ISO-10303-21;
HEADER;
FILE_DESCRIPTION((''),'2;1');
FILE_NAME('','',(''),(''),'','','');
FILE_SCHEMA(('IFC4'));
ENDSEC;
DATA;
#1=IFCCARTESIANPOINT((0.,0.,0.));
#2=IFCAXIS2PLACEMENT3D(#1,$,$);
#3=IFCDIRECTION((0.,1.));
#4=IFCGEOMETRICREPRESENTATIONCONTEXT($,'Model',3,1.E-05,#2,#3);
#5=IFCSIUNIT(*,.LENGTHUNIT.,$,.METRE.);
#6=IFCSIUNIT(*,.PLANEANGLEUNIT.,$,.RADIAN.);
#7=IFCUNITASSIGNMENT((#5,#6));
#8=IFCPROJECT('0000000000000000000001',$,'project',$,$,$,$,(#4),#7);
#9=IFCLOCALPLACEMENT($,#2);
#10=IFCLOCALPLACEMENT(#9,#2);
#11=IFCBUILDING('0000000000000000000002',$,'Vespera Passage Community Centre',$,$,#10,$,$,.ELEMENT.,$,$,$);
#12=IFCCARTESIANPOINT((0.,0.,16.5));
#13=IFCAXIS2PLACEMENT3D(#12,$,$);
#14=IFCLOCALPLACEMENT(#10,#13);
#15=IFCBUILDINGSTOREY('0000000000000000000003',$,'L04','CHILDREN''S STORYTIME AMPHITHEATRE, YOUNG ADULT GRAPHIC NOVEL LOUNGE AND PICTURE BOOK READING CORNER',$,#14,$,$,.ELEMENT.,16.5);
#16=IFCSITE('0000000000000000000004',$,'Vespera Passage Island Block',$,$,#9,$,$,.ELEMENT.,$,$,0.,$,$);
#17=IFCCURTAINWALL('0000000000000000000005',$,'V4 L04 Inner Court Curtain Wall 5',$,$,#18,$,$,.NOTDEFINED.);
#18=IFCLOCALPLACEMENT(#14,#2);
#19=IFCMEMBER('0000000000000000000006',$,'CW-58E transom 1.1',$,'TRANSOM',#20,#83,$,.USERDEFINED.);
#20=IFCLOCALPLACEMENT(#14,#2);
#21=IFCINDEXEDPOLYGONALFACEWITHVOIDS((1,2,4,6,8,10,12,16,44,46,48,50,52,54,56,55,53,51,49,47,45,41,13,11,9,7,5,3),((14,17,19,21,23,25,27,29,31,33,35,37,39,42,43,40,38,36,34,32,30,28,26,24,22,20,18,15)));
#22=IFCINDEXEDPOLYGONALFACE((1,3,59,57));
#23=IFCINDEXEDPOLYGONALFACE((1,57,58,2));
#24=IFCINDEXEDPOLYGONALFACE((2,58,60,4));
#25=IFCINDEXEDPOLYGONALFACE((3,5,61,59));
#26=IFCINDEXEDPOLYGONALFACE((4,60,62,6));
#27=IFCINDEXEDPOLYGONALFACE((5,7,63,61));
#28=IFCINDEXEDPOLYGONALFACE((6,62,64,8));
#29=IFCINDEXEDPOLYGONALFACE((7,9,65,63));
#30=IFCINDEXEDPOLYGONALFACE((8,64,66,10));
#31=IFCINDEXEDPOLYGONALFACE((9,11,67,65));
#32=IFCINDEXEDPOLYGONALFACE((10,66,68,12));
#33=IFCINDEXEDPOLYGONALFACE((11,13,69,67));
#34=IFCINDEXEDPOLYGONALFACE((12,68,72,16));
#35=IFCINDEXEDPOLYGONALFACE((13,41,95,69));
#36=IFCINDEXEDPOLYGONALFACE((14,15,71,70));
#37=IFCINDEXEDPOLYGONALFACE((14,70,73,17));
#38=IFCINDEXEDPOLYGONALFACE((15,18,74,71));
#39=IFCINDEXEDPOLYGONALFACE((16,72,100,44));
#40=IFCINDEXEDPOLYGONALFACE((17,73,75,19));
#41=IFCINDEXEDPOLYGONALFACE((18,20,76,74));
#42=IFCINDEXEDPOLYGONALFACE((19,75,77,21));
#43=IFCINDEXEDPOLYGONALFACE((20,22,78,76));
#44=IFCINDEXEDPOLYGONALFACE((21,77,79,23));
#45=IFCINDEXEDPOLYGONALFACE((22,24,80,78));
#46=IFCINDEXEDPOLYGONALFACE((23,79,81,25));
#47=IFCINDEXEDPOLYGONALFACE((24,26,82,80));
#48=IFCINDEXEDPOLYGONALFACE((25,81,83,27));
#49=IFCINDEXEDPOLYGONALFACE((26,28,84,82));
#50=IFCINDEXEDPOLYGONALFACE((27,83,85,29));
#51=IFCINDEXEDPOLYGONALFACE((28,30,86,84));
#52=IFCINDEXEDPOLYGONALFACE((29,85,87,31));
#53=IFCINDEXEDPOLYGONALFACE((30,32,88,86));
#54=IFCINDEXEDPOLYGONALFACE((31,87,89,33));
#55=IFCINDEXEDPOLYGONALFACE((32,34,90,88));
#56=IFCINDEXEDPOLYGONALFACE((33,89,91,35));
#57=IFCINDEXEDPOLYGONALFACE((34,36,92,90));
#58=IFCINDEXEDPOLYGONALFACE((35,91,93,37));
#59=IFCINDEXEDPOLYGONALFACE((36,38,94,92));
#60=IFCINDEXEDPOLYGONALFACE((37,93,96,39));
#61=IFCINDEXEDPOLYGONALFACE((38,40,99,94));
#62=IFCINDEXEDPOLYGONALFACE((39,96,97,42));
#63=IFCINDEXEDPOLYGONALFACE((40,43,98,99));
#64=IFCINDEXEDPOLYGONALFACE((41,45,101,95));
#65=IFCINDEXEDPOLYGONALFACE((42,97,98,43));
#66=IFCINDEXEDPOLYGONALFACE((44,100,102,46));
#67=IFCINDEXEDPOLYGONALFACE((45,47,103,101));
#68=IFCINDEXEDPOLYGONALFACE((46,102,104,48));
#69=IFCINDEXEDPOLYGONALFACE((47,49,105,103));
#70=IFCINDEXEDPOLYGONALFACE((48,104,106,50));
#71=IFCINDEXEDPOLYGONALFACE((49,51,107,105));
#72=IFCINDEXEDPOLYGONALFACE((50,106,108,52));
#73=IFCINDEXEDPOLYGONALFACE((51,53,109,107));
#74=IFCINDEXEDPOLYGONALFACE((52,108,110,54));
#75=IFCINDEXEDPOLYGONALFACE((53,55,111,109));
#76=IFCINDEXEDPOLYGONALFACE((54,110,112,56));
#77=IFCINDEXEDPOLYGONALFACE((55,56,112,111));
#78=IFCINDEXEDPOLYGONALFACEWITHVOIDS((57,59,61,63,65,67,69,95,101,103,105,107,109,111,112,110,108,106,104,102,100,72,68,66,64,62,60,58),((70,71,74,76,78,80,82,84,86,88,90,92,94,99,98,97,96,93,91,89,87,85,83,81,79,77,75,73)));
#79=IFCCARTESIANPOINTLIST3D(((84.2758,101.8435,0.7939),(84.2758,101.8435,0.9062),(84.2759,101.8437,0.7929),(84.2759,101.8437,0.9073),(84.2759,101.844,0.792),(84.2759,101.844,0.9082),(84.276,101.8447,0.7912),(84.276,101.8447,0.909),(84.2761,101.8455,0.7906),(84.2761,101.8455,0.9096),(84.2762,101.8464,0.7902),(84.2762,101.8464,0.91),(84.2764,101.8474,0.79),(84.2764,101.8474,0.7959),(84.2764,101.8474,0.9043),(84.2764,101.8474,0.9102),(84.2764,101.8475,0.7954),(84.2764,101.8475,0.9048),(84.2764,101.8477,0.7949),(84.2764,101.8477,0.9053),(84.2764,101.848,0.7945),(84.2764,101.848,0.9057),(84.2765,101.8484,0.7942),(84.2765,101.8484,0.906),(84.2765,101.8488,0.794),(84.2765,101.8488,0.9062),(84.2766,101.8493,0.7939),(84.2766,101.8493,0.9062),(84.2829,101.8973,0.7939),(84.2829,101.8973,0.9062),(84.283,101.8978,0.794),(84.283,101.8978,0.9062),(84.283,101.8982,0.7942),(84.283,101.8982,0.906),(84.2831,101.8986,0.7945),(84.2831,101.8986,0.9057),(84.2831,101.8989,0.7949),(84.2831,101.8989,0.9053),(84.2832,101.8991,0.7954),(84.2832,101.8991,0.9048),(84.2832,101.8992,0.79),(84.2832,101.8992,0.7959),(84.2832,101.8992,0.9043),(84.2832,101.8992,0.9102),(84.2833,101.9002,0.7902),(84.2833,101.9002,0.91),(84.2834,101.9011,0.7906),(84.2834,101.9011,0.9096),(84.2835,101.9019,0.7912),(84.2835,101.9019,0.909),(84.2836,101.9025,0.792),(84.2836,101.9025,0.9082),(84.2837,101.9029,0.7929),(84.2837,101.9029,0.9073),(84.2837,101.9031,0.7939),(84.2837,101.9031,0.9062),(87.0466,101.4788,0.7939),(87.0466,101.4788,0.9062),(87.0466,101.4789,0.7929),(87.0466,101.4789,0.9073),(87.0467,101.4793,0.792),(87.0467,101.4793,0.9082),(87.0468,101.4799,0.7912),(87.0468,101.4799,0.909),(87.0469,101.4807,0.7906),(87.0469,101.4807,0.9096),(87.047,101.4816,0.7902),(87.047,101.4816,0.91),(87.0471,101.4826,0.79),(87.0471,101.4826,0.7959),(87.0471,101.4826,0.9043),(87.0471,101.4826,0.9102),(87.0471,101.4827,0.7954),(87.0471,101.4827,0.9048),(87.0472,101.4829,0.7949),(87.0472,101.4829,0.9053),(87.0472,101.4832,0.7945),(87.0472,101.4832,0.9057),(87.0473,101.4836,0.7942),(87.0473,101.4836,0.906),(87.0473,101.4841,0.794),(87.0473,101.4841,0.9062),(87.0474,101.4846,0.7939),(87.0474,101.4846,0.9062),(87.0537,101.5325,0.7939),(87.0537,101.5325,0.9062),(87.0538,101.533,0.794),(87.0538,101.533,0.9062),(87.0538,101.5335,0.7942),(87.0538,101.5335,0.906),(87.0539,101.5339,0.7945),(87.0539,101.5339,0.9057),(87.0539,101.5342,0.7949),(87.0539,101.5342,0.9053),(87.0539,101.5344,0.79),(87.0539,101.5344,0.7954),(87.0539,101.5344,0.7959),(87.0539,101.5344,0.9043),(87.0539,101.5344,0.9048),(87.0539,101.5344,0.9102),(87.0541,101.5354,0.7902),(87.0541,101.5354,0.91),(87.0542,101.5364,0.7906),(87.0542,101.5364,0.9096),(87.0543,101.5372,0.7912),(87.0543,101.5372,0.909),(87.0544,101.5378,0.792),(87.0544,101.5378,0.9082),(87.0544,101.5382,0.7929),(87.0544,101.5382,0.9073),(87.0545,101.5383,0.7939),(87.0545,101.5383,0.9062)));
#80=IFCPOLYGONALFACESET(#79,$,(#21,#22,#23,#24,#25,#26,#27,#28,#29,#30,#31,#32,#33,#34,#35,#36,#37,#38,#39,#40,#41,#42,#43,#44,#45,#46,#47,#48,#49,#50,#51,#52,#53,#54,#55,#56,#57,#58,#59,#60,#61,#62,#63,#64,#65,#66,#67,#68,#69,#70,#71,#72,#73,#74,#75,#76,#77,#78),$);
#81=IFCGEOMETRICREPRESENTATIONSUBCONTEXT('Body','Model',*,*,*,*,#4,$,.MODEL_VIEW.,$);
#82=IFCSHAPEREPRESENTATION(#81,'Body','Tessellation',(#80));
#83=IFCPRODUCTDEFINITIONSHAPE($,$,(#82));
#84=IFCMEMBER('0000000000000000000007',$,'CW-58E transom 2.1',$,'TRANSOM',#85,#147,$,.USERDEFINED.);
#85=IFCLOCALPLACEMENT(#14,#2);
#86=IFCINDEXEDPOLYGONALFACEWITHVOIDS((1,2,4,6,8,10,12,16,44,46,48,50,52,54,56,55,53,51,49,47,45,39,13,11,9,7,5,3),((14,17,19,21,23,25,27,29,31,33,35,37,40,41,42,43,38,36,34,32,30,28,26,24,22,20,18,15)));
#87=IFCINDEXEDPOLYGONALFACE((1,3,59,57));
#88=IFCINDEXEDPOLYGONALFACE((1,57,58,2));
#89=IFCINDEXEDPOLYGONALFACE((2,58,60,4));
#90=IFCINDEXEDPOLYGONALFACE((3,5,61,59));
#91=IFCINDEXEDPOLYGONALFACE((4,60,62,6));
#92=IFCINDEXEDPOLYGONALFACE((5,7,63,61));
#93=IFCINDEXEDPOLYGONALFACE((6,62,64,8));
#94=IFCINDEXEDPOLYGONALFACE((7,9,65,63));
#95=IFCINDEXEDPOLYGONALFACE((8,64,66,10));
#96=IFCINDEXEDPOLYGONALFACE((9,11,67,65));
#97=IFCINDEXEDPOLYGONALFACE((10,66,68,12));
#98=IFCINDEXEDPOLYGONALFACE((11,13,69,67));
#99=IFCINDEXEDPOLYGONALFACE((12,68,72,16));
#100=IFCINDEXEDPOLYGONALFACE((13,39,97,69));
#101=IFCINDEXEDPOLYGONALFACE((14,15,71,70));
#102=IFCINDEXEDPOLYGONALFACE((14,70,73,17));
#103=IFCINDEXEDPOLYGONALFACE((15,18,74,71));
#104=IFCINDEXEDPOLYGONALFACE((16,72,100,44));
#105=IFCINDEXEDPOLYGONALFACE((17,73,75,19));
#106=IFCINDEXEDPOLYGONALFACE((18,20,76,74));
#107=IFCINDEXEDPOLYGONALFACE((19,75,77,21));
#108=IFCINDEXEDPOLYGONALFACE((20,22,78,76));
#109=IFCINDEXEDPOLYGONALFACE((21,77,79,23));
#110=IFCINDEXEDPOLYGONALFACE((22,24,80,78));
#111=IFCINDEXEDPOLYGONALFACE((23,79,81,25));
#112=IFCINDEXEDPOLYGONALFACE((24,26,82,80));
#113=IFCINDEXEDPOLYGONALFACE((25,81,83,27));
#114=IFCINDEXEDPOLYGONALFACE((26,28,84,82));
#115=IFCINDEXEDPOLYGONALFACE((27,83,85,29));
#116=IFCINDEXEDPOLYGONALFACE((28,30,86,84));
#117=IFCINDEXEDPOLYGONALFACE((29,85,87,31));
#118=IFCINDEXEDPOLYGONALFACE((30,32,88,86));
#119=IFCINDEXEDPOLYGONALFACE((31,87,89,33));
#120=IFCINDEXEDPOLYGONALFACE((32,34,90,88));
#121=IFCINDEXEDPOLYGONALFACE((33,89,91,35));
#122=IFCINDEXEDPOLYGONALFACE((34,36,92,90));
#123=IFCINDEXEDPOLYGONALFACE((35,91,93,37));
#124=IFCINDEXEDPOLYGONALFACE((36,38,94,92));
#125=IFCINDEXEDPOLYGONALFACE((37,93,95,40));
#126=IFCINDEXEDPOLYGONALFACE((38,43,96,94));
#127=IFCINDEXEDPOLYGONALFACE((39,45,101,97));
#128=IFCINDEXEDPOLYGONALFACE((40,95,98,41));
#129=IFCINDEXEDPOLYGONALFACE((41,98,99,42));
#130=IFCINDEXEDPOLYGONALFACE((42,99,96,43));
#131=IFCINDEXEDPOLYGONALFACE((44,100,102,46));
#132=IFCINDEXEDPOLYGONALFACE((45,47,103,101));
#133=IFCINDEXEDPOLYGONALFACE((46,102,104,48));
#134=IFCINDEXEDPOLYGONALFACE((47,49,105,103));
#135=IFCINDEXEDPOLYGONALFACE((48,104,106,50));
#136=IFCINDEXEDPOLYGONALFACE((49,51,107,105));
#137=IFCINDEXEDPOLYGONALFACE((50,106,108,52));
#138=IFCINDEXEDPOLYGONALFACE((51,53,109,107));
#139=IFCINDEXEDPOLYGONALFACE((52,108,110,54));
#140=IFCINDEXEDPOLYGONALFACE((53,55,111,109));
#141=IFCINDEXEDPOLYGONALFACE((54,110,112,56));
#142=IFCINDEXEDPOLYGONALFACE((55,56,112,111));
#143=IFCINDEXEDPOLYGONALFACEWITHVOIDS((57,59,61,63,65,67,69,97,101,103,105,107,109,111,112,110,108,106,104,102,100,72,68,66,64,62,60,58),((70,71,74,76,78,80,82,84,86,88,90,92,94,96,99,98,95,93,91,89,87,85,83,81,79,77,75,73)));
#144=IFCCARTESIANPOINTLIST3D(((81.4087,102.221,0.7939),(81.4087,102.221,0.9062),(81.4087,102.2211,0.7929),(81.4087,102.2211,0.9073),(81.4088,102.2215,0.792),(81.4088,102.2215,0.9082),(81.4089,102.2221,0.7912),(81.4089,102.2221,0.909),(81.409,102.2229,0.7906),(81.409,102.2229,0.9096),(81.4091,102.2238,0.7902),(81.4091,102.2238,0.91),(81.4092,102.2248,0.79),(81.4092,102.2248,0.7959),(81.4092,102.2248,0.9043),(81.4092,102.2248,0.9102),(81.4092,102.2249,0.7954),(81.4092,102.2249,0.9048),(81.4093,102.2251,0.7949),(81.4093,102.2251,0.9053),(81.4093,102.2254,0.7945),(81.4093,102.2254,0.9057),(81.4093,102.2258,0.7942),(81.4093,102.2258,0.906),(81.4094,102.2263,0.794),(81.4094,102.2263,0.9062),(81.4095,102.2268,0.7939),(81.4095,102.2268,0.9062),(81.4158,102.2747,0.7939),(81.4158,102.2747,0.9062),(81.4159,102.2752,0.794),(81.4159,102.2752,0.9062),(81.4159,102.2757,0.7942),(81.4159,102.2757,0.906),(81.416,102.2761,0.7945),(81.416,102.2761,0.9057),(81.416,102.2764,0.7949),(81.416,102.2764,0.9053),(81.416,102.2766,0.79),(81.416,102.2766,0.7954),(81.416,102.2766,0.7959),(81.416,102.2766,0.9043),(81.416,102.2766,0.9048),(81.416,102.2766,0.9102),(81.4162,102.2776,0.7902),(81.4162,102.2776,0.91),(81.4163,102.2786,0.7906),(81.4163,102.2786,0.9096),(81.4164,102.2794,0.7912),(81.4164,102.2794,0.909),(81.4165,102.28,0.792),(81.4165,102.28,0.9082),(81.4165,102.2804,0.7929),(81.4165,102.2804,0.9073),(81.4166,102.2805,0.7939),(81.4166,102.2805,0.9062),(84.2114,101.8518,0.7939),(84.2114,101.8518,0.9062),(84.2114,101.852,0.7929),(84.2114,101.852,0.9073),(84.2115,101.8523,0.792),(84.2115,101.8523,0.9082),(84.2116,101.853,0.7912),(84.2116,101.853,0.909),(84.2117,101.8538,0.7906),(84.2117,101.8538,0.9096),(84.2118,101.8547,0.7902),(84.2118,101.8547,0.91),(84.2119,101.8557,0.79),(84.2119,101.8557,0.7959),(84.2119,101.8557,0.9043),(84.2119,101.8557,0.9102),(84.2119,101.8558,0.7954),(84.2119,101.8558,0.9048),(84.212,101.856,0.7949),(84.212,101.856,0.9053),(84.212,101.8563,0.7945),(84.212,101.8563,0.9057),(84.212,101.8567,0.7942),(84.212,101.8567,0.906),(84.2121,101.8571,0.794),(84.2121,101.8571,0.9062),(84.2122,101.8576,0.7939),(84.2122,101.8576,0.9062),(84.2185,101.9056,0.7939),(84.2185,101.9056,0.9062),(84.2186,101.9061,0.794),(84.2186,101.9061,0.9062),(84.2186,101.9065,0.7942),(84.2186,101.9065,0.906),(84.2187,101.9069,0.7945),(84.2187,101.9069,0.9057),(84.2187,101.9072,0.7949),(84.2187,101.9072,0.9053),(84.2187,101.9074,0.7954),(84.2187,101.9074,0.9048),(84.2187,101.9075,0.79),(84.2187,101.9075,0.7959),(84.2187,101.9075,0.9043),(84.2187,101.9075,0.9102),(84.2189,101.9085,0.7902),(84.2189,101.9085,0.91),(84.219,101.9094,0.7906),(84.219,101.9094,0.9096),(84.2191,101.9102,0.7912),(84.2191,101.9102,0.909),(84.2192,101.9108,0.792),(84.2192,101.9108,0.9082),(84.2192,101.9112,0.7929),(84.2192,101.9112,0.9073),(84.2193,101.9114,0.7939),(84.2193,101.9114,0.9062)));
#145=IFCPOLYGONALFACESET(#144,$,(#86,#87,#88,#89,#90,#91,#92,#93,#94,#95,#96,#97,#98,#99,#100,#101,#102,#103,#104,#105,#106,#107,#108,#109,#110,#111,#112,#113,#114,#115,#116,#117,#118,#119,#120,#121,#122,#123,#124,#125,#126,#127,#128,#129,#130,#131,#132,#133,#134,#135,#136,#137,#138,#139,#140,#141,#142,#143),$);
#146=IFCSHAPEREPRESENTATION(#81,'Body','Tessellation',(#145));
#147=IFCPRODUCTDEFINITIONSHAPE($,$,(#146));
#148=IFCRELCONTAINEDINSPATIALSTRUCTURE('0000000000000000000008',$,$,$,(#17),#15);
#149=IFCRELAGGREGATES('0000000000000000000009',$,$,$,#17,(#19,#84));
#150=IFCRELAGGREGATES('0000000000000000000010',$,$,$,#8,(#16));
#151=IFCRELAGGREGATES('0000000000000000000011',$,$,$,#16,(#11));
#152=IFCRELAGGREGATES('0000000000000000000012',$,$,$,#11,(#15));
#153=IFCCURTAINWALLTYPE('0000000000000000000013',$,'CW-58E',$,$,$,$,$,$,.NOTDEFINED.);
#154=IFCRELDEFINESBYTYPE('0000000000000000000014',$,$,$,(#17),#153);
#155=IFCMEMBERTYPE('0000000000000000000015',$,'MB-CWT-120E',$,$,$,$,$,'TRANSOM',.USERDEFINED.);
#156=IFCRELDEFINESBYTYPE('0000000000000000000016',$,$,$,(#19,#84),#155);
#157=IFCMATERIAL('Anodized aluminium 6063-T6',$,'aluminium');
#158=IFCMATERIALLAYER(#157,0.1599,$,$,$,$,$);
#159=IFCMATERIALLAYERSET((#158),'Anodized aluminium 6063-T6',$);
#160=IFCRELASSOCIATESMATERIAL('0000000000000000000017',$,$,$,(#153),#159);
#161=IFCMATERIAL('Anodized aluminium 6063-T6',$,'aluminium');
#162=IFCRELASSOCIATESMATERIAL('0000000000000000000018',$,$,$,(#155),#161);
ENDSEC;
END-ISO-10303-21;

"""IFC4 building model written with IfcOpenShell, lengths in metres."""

from ifc_helpers import new_model, si_unit, direction, frame, origin, origin_2d, place, context, subcontext, project, spatial, hollow_rectangle, extrude, material, layer, layer_set, material_profile, profile_set, type_object, element, aggregate, save


model = new_model("IFC4")

# Units and contexts
model_context = context("Model", 3, precision=1e-05, world=origin(), true_north=direction((0.0, 1.0)))
body_context = subcontext(model_context, "Body", "Model", "MODEL_VIEW")
ifc_project = project(units=[si_unit("LENGTHUNIT", "METRE"), si_unit("PLANEANGLEUNIT", "RADIAN")], contexts=[model_context])

# Site, building, storey
site_placement = place(None, origin())
site = spatial("IfcSite", under=ifc_project, at=site_placement, Name="Vespera Passage Island Block", CompositionType="ELEMENT", RefElevation=0.0)
building_placement = place(site_placement, origin())
building = spatial("IfcBuilding", under=site, at=building_placement, Name="Vespera Passage Community Centre", CompositionType="ELEMENT")
storey_placement = place(building_placement, frame((0.0, 0.0, 16.5)))
storey = spatial("IfcBuildingStorey", under=building, at=storey_placement, Name="L04", Description="CHILDREN'S STORYTIME AMPHITHEATRE, YOUNG ADULT GRAPHIC NOVEL LOUNGE AND PICTURE BOOK READING CORNER", CompositionType="ELEMENT", Elevation=16.5)

# Curtain wall
ifc_material_1 = material(Name="Anodized aluminium 6063-T6", Category="aluminium")
ifc_layer_1 = layer(ifc_material_1, 0.1599)
ifc_layer_set_1 = layer_set([ifc_layer_1], Name="Anodized aluminium 6063-T6")
curtain_wall_type_1 = type_object("IfcCurtainWallType", Name="CW-58E", PredefinedType="NOTDEFINED", material=ifc_layer_set_1)
curtain_wall_1_placement = place(storey_placement, origin())
curtain_wall_1 = element("IfcCurtainWall", 1, at=curtain_wall_1_placement, inside=storey, type_object=curtain_wall_type_1, Name="V4 L04 Inner Court Curtain Wall 5", PredefinedType="NOTDEFINED")

# Members
ifc_material_2 = material(Name="Anodized aluminium 6063-T6", Category="aluminium")
ifc_material_profile_1 = material_profile(ifc_material_2, hollow_rectangle(XDim=0.0601, YDim=0.1201, WallThickness=0.0039, InnerFilletRadius=0.002, OuterFilletRadius=0.0039, at=origin_2d()), Name="ALU120X60X4")
ifc_profile_set_1 = profile_set([ifc_material_profile_1], Name="Anodized aluminium 6063-T6")
member_type_1 = type_object("IfcMemberType", Name="MB-CWT-120E", ElementType="TRANSOM", PredefinedType="USERDEFINED", material=ifc_profile_set_1)
member_1_placement = place(storey_placement, frame((87.0505, 101.5085, 0.8501), z_axis=(-0.991446, 0.130516, 0.0), x_axis=(-0.130516, -0.991446, 0.0)))
member_1 = element("IfcMember", 2, at=member_1_placement, type_object=member_type_1, Name="CW-58E transom 1.1", ObjectType="TRANSOM", PredefinedType="USERDEFINED", context=body_context, shape_type="SweptSolid", body=[
    extrude(hollow_rectangle(XDim=0.0601, YDim=0.1201, WallThickness=0.0039, InnerFilletRadius=0.002, OuterFilletRadius=0.0039, at=origin_2d()), origin(), (0.0, 0.0, 1.0), 2.7947),
])
member_2_placement = place(storey_placement, frame((84.2153, 101.8816, 0.8501), z_axis=(-0.991438, 0.13058, 0.0), x_axis=(-0.13058, -0.991438, 0.0)))
member_2 = element("IfcMember", 3, at=member_2_placement, type_object=member_type_1, Name="CW-58E transom 2.1", ObjectType="TRANSOM", PredefinedType="USERDEFINED", context=body_context, shape_type="SweptSolid", body=[
    extrude(hollow_rectangle(XDim=0.0601, YDim=0.1201, WallThickness=0.0039, InnerFilletRadius=0.002, OuterFilletRadius=0.0039, at=origin_2d()), origin(), (0.0, 0.0, 1.0), 2.8269),
])

aggregate(curtain_wall_1, [member_1, member_2])

save(model, "model.ifc")
